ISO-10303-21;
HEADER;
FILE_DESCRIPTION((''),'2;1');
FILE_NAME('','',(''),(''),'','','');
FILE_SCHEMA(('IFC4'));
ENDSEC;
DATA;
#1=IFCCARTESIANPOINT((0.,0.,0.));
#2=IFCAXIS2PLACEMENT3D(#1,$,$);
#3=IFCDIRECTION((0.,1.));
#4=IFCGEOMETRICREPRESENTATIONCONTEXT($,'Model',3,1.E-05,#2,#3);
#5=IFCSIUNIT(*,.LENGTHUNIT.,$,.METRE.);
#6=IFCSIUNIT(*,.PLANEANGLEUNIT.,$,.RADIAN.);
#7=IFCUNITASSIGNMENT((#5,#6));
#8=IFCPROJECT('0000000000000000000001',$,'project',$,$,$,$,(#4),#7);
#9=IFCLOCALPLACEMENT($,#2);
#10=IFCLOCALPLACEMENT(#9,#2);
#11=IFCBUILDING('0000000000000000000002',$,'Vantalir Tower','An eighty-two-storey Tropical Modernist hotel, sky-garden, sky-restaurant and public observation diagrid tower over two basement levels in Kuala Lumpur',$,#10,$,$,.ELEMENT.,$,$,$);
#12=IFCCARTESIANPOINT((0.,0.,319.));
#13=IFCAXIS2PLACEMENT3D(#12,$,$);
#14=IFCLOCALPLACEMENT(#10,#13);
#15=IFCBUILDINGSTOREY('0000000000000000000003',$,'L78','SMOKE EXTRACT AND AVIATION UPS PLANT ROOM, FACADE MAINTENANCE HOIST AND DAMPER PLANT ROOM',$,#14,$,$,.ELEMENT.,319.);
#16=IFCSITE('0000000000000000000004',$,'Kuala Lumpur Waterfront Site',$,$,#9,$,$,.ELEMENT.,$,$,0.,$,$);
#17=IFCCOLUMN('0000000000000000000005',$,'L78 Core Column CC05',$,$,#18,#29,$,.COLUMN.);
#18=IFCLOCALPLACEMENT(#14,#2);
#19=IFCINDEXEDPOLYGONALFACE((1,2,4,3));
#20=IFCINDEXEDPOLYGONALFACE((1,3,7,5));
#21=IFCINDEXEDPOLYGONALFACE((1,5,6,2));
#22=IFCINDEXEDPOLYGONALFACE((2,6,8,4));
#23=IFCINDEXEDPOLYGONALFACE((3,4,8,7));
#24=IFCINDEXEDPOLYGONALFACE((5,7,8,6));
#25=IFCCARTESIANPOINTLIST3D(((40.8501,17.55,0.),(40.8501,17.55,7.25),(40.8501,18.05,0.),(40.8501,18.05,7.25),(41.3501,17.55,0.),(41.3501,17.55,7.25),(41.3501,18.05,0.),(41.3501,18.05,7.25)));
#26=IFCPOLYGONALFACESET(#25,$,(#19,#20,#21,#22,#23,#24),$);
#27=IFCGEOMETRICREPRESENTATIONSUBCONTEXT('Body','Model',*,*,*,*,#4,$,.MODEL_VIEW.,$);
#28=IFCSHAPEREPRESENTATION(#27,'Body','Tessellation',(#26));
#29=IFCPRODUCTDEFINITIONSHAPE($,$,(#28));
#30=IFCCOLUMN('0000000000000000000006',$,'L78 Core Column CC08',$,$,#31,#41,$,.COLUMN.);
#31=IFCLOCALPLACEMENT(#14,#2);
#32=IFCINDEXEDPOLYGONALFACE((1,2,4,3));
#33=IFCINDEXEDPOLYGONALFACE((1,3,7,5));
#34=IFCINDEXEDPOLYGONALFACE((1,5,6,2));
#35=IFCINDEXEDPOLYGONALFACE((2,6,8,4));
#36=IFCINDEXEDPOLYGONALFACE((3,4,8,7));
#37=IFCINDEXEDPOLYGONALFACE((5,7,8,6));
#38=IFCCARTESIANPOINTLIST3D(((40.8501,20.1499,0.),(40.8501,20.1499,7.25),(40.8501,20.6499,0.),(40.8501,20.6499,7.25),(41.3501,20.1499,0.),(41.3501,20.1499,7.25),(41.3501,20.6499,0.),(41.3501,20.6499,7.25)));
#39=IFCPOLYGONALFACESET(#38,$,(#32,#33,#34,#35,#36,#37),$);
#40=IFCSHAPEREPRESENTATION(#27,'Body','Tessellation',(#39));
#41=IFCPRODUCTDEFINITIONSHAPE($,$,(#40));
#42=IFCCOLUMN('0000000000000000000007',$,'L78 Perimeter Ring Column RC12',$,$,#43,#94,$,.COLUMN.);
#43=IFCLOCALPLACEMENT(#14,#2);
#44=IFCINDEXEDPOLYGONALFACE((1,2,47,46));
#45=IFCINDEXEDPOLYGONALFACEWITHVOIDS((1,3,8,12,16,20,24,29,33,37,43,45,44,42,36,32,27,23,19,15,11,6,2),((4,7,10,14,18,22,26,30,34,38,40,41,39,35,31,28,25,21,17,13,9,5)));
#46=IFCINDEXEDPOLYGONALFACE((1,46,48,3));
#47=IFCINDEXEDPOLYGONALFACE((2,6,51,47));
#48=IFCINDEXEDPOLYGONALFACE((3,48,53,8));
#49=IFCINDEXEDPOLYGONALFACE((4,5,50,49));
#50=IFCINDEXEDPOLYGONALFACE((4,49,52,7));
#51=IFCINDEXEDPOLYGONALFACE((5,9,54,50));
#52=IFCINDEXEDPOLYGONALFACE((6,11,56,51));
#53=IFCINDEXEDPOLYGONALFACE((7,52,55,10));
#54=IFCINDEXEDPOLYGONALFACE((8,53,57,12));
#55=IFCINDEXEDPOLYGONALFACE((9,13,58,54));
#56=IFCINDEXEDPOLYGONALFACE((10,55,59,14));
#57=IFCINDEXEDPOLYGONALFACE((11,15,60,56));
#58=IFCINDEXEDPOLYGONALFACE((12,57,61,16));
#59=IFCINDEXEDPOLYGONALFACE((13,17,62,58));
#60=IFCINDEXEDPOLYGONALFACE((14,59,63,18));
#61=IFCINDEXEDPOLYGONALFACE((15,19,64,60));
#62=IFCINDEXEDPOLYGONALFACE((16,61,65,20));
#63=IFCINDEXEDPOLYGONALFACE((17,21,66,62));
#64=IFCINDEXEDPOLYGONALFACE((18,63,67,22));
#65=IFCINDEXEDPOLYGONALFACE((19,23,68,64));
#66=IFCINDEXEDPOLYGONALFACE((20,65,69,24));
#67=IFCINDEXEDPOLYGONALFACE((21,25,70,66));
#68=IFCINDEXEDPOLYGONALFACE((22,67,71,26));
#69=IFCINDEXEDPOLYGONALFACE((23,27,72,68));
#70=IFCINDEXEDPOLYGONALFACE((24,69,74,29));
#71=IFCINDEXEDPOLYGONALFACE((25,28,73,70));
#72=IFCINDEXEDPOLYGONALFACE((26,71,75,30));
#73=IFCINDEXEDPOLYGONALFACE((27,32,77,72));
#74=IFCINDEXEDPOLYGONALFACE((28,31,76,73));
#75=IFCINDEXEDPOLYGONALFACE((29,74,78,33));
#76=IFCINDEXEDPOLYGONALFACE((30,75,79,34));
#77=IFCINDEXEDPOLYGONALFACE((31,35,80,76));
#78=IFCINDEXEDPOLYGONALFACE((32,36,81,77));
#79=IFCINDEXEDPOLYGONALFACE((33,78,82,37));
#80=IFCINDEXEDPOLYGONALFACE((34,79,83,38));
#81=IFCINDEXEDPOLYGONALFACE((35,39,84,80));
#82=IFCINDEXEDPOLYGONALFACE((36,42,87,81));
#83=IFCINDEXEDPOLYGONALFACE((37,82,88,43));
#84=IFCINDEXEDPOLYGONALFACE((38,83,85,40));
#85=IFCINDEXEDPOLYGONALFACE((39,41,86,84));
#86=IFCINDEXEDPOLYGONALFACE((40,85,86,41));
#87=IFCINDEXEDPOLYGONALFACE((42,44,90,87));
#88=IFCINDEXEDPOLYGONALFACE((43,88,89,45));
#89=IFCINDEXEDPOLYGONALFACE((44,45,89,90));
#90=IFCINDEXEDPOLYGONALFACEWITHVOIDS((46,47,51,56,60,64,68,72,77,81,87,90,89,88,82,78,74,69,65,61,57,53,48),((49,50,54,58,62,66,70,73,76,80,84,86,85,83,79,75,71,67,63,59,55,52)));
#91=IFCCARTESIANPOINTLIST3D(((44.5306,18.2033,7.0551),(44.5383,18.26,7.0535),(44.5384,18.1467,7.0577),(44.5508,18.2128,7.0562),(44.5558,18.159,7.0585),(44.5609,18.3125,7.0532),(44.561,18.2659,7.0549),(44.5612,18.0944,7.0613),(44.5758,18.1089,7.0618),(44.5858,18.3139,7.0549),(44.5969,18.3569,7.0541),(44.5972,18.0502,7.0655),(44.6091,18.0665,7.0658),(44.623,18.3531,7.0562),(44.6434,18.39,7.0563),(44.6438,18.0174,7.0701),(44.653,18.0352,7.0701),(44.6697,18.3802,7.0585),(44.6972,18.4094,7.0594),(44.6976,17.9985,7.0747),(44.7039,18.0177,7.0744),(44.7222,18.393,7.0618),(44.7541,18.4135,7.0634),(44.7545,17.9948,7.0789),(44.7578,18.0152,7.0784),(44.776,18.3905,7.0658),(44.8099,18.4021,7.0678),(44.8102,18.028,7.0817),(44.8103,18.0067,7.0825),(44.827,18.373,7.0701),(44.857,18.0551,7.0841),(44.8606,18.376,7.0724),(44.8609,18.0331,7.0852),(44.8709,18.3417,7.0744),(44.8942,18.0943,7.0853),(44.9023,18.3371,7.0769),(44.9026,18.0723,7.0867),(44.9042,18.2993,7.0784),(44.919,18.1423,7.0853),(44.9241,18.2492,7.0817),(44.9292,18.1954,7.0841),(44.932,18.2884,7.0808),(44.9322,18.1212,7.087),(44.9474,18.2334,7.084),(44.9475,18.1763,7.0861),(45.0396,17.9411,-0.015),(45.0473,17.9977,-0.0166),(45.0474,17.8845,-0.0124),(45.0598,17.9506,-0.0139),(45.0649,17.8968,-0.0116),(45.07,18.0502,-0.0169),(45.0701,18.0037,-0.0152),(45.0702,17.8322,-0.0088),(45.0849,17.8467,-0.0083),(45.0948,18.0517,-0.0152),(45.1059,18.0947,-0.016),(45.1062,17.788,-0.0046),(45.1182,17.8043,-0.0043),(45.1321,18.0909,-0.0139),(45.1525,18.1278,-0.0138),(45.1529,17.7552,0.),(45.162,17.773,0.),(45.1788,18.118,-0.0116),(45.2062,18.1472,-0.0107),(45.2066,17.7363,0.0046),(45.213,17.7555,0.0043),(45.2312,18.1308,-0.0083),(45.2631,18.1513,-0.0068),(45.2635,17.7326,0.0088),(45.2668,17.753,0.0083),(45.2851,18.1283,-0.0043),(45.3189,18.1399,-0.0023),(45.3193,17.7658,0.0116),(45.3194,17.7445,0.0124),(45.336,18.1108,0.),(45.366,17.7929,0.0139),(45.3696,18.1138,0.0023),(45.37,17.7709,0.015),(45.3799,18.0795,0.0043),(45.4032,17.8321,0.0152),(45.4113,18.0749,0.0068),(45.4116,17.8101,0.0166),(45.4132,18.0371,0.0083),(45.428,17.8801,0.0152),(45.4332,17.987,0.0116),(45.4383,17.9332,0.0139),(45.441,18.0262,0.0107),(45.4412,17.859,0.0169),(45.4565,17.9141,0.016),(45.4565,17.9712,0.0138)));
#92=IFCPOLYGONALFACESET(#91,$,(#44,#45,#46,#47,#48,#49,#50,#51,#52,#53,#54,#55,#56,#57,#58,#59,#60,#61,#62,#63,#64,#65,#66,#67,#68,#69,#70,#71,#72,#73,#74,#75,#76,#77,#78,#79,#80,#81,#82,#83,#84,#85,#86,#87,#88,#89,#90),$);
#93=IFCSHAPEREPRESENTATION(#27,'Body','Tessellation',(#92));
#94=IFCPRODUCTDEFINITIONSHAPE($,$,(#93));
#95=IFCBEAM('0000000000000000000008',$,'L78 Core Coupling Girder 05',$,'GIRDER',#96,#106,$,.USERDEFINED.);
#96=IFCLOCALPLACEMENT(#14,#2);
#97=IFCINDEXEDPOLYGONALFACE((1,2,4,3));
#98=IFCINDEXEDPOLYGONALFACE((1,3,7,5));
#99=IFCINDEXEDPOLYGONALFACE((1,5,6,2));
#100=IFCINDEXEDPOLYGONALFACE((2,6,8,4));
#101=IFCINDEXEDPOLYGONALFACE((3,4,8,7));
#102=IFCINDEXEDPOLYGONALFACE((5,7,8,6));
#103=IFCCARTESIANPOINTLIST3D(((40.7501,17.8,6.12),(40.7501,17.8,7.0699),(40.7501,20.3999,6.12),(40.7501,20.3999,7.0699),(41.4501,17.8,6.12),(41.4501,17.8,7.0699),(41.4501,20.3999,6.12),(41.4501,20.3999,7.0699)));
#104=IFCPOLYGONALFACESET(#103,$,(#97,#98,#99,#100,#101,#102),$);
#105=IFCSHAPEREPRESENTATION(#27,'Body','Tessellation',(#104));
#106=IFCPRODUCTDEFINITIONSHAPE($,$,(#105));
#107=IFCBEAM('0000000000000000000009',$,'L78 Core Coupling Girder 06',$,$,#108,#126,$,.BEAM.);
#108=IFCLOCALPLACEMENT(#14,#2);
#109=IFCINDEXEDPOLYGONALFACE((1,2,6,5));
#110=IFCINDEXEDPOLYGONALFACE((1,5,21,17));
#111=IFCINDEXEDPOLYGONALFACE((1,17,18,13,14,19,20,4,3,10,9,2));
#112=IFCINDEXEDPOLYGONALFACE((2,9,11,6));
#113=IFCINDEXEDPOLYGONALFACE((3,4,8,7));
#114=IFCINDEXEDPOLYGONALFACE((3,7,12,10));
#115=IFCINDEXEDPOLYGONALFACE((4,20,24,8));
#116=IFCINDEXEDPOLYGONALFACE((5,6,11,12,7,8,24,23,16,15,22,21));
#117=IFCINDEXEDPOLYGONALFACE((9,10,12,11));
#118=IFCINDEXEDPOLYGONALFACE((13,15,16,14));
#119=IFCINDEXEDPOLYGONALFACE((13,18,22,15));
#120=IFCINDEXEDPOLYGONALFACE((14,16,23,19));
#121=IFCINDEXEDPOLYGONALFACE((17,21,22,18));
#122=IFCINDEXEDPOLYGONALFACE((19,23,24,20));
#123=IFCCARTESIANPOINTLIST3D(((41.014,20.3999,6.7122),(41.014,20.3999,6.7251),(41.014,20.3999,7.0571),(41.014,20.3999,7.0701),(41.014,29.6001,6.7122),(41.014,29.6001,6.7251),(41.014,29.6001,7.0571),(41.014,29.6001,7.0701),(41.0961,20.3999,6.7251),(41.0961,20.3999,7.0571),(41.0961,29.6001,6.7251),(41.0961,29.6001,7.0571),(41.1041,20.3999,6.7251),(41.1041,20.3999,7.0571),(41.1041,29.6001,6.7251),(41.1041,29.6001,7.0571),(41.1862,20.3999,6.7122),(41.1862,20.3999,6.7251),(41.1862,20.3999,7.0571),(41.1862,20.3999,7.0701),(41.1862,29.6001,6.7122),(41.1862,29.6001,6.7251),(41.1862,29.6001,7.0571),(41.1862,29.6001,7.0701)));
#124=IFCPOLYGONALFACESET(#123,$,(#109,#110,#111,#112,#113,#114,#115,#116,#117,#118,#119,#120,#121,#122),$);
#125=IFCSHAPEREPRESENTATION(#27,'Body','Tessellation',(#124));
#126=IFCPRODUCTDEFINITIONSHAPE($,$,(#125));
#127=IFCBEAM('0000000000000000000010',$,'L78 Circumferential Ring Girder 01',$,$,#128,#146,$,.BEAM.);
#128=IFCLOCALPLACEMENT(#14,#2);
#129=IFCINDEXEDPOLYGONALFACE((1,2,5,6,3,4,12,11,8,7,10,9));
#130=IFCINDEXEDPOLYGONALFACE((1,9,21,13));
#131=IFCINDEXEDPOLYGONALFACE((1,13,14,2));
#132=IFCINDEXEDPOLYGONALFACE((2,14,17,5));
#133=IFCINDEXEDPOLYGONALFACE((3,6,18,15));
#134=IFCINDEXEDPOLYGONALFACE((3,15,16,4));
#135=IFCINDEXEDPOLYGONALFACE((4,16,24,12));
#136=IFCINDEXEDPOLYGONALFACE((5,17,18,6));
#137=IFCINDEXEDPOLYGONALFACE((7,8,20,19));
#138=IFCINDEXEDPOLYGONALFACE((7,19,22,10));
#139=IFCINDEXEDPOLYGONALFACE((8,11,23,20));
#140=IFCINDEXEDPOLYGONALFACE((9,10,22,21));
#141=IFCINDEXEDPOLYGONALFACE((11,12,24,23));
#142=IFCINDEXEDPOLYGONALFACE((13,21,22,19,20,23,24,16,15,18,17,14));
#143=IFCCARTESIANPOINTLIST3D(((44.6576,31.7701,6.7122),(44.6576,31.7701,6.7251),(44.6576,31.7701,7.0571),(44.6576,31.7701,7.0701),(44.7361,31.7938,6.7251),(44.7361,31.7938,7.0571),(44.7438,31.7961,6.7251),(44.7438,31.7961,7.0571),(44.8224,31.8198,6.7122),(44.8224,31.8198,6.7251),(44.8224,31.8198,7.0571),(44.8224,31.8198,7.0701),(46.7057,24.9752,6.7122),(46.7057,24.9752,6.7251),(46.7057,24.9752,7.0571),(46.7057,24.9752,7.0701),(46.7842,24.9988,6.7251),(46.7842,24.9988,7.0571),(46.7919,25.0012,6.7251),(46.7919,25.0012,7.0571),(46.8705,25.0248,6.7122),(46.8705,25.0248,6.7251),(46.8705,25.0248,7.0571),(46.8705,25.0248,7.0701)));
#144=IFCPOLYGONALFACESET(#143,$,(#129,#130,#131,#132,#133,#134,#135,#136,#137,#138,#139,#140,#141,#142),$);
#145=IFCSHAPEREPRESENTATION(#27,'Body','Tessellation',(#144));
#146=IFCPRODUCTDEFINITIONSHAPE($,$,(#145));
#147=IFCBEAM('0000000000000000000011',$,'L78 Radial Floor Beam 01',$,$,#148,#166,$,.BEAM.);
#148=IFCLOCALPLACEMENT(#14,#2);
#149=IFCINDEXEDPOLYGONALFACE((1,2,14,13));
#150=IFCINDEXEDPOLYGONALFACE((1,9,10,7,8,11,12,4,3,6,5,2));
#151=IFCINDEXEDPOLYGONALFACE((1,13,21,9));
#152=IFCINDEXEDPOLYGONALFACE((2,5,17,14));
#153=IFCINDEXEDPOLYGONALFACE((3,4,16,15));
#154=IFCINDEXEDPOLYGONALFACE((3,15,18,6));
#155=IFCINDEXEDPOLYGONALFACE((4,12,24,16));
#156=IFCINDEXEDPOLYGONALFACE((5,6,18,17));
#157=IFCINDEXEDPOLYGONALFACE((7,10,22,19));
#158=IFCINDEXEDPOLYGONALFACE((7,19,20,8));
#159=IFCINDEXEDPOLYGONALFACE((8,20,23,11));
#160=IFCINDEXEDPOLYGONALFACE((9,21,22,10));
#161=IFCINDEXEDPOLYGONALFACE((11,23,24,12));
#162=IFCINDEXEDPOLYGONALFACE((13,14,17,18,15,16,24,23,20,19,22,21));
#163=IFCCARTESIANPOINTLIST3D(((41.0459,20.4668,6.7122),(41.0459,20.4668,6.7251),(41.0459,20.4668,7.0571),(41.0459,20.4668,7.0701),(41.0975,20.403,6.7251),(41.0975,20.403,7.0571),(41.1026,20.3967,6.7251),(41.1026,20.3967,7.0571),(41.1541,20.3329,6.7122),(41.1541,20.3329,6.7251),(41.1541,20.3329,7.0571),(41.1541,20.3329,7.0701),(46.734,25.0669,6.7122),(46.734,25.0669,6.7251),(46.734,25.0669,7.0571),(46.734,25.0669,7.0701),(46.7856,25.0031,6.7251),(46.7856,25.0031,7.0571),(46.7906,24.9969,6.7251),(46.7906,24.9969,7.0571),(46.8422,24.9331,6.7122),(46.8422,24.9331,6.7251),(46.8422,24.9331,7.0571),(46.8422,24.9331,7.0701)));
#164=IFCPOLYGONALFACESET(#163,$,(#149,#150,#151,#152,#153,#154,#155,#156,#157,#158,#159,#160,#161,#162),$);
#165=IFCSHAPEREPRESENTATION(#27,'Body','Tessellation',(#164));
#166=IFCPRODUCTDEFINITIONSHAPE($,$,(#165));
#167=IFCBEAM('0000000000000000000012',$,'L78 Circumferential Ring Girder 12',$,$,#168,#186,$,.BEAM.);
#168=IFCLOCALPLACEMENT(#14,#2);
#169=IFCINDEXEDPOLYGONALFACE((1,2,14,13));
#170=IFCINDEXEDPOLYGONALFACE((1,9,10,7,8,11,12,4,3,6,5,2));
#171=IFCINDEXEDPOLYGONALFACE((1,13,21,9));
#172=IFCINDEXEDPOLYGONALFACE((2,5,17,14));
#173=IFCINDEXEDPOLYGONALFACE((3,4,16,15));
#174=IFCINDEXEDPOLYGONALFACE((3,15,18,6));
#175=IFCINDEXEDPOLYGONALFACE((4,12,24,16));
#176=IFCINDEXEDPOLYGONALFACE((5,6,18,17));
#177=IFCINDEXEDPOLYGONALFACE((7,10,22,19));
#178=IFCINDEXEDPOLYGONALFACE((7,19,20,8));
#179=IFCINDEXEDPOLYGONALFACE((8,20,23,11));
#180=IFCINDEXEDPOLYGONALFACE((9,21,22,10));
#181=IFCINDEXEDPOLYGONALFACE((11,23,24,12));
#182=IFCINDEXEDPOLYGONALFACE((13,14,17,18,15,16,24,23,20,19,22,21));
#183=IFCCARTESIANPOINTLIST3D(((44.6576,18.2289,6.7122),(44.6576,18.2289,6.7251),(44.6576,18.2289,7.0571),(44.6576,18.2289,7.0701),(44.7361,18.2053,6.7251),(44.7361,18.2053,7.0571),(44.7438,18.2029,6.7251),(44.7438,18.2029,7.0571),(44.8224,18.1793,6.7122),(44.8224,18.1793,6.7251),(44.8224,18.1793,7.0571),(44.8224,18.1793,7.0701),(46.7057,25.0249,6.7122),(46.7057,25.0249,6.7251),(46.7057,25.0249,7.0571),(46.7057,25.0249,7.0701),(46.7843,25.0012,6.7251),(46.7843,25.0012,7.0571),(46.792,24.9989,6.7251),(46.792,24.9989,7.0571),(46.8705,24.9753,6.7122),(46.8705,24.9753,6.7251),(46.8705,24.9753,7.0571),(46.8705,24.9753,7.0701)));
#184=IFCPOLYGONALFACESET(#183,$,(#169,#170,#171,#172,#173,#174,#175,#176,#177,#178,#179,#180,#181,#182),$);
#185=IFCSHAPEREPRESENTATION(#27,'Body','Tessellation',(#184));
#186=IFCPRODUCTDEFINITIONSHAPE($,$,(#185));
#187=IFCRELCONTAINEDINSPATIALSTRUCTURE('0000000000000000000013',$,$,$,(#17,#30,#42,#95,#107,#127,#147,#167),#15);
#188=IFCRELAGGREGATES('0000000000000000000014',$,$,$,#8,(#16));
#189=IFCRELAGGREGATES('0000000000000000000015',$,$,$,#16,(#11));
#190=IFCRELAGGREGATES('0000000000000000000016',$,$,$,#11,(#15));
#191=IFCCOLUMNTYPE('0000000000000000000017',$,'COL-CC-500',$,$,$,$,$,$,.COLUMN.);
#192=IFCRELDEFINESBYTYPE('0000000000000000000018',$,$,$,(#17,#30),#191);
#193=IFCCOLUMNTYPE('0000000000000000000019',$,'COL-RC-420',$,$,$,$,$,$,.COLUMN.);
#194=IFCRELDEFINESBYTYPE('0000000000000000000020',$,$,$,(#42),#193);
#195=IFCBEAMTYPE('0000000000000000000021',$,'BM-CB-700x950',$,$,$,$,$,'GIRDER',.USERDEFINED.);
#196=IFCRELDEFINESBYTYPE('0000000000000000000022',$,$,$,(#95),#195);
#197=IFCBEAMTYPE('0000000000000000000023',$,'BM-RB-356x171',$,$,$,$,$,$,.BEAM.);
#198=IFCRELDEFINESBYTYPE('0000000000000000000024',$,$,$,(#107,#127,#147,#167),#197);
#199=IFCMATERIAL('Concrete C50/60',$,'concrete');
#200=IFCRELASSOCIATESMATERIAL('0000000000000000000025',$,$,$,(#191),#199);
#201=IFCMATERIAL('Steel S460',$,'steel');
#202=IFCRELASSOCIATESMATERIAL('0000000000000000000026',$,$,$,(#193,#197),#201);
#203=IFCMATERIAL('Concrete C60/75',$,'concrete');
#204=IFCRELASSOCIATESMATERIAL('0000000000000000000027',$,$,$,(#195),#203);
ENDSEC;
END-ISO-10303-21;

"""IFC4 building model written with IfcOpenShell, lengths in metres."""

from ifc_helpers import new_model, si_unit, direction, frame, origin, origin_2d, place, context, subcontext, project, spatial, rectangle, hollow_circle, i_section, extrude, material, material_profile, profile_set, type_object, element, save


model = new_model("IFC4")

# Units and contexts
model_context = context("Model", 3, precision=1e-05, world=origin(), true_north=direction((0.0, 1.0)))
body_context = subcontext(model_context, "Body", "Model", "MODEL_VIEW")
ifc_project = project(units=[si_unit("LENGTHUNIT", "METRE"), si_unit("PLANEANGLEUNIT", "RADIAN")], contexts=[model_context])

# Site, building, storey
site_placement = place(None, origin())
site = spatial("IfcSite", under=ifc_project, at=site_placement, Name="Kuala Lumpur Waterfront Site", CompositionType="ELEMENT", RefElevation=0.0)
building_placement = place(site_placement, origin())
building = spatial("IfcBuilding", under=site, at=building_placement, Name="Vantalir Tower", Description="An eighty-two-storey Tropical Modernist hotel, sky-garden, sky-restaurant and public observation diagrid tower over two basement levels in Kuala Lumpur", CompositionType="ELEMENT")
storey_placement = place(building_placement, frame((0.0, 0.0, 319.0)))
storey = spatial("IfcBuildingStorey", under=building, at=storey_placement, Name="L78", Description="SMOKE EXTRACT AND AVIATION UPS PLANT ROOM, FACADE MAINTENANCE HOIST AND DAMPER PLANT ROOM", CompositionType="ELEMENT", Elevation=319.0)

# Columns
ifc_material_1 = material(Name="Concrete C50/60", Category="concrete")
ifc_material_profile_1 = material_profile(ifc_material_1, rectangle(XDim=0.5, YDim=0.5, at=origin_2d()), Name="Concrete C50/60")
ifc_profile_set_1 = profile_set([ifc_material_profile_1], Name="Concrete C50/60")
column_type_1 = type_object("IfcColumnType", Name="COL-CC-500", PredefinedType="COLUMN", material=ifc_profile_set_1)
for number, where, z_axis, x_axis, name in (
    (1, (41.1001, 17.8, 0.0), (0.0, 0.0, 1.0), (1.0, 0.0, 0.0), "L78 Core Column CC05"),
    (2, (41.1001, 20.3999, 0.0), (0.0, 0.0, 1.0), (1.0, 0.0, 0.0), "L78 Core Column CC08"),
):
    element("IfcColumn", number, at=place(storey_placement, frame(where, z_axis=z_axis, x_axis=x_axis)), inside=storey, type_object=column_type_1, Name=name, PredefinedType="COLUMN", context=body_context, shape_type="SweptSolid", body=[
        extrude(rectangle(XDim=0.5, YDim=0.5, at=origin_2d()), origin(), (0.0, 0.0, 1.0), 7.25),
    ])
ifc_material_2 = material(Name="Steel S460", Category="steel")
ifc_material_profile_2 = material_profile(ifc_material_2, hollow_circle(Radius=0.21, WallThickness=0.02, at=origin_2d()), Name="Steel S460")
ifc_profile_set_2 = profile_set([ifc_material_profile_2], Name="Steel S460")
column_type_2 = type_object("IfcColumnType", Name="COL-RC-420", PredefinedType="COLUMN", material=ifc_profile_set_2)
column_placement = place(storey_placement, frame((45.249, 17.9419, 0.0), z_axis=(-0.071763, 0.036966, 0.996736), x_axis=(-0.457926, -0.88899, 0.0)))
element("IfcColumn", 3, at=column_placement, inside=storey, type_object=column_type_2, Name="L78 Perimeter Ring Column RC12", PredefinedType="COLUMN", context=body_context, shape_type="SweptSolid", body=[
    extrude(hollow_circle(Radius=0.21, WallThickness=0.02, at=origin_2d()), origin(), (0.0, 0.0, 1.0), 7.0933),
])

# Beams
ifc_material_3 = material(Name="Concrete C60/75", Category="concrete")
ifc_material_profile_3 = material_profile(ifc_material_3, rectangle(XDim=0.7, YDim=0.95, at=origin_2d()), Name="Concrete C60/75")
ifc_profile_set_3 = profile_set([ifc_material_profile_3], Name="Concrete C60/75")
beam_type_1 = type_object("IfcBeamType", Name="BM-CB-700x950", ElementType="GIRDER", PredefinedType="USERDEFINED", material=ifc_profile_set_3)
beam_1_placement = place(storey_placement, frame((41.1001, 17.8, 6.595), z_axis=(0.0, 1.0, 0.0), x_axis=(-1.0, 0.0, 0.0)))
element("IfcBeam", 4, at=beam_1_placement, inside=storey, type_object=beam_type_1, Name="L78 Core Coupling Girder 05", ObjectType="GIRDER", PredefinedType="USERDEFINED", context=body_context, shape_type="SweptSolid", body=[
    extrude(rectangle(XDim=0.7, YDim=0.95, at=origin_2d()), origin(), (0.0, 0.0, 1.0), 2.5999),
])
ifc_material_profile_4 = material_profile(ifc_material_2, i_section(OverallWidth=0.1721, OverallDepth=0.3579, WebThickness=0.0081, FlangeThickness=0.0129, at=origin_2d()), Name="Steel S460")
ifc_profile_set_4 = profile_set([ifc_material_profile_4], Name="Steel S460")
beam_type_2 = type_object("IfcBeamType", Name="BM-RB-356x171", PredefinedType="BEAM", material=ifc_profile_set_4)
beam_2_placement = place(storey_placement, frame((41.1001, 20.3999, 6.8911), z_axis=(0.0, 1.0, 0.0), x_axis=(-1.0, 0.0, 0.0)))
element("IfcBeam", 5, at=beam_2_placement, inside=storey, type_object=beam_type_2, Name="L78 Core Coupling Girder 06", PredefinedType="BEAM", context=body_context, shape_type="SweptSolid", body=[
    extrude(i_section(OverallWidth=0.1721, OverallDepth=0.3579, WebThickness=0.0081, FlangeThickness=0.0129, at=origin_2d()), origin(), (0.0, 0.0, 1.0), 9.2002),
])
beam_3_placement = place(storey_placement, frame((46.7881, 25.0, 6.8911), z_axis=(-0.288591, 0.957452, 0.0), x_axis=(-0.957452, -0.288591, 0.0)))
element("IfcBeam", 6, at=beam_3_placement, inside=storey, type_object=beam_type_2, Name="L78 Circumferential Ring Girder 01", PredefinedType="BEAM", context=body_context, shape_type="SweptSolid", body=[
    extrude(i_section(OverallWidth=0.1721, OverallDepth=0.3579, WebThickness=0.0081, FlangeThickness=0.0129, at=origin_2d()), origin(), (0.0, 0.0, 1.0), 7.0969),
])
beam_4_placement = place(storey_placement, frame((46.7881, 25.0, 6.8911), z_axis=(-0.777543, -0.628829, 0.0), x_axis=(0.628829, -0.777543, 0.0)))
element("IfcBeam", 7, at=beam_4_placement, inside=storey, type_object=beam_type_2, Name="L78 Radial Floor Beam 01", PredefinedType="BEAM", context=body_context, shape_type="SweptSolid", body=[
    extrude(i_section(OverallWidth=0.1721, OverallDepth=0.3579, WebThickness=0.0081, FlangeThickness=0.0129, at=origin_2d()), origin(), (0.0, 0.0, 1.0), 7.3154),
])
beam_5_placement = place(storey_placement, frame((44.74, 18.2041, 6.8911), z_axis=(0.288553, 0.957464, 0.0), x_axis=(-0.957464, 0.288553, 0.0)))
element("IfcBeam", 8, at=beam_5_placement, inside=storey, type_object=beam_type_2, Name="L78 Circumferential Ring Girder 12", PredefinedType="BEAM", context=body_context, shape_type="SweptSolid", body=[
    extrude(i_section(OverallWidth=0.1721, OverallDepth=0.3579, WebThickness=0.0081, FlangeThickness=0.0129, at=origin_2d()), origin(), (0.0, 0.0, 1.0), 7.0979),
])

save(model, "model.ifc")
